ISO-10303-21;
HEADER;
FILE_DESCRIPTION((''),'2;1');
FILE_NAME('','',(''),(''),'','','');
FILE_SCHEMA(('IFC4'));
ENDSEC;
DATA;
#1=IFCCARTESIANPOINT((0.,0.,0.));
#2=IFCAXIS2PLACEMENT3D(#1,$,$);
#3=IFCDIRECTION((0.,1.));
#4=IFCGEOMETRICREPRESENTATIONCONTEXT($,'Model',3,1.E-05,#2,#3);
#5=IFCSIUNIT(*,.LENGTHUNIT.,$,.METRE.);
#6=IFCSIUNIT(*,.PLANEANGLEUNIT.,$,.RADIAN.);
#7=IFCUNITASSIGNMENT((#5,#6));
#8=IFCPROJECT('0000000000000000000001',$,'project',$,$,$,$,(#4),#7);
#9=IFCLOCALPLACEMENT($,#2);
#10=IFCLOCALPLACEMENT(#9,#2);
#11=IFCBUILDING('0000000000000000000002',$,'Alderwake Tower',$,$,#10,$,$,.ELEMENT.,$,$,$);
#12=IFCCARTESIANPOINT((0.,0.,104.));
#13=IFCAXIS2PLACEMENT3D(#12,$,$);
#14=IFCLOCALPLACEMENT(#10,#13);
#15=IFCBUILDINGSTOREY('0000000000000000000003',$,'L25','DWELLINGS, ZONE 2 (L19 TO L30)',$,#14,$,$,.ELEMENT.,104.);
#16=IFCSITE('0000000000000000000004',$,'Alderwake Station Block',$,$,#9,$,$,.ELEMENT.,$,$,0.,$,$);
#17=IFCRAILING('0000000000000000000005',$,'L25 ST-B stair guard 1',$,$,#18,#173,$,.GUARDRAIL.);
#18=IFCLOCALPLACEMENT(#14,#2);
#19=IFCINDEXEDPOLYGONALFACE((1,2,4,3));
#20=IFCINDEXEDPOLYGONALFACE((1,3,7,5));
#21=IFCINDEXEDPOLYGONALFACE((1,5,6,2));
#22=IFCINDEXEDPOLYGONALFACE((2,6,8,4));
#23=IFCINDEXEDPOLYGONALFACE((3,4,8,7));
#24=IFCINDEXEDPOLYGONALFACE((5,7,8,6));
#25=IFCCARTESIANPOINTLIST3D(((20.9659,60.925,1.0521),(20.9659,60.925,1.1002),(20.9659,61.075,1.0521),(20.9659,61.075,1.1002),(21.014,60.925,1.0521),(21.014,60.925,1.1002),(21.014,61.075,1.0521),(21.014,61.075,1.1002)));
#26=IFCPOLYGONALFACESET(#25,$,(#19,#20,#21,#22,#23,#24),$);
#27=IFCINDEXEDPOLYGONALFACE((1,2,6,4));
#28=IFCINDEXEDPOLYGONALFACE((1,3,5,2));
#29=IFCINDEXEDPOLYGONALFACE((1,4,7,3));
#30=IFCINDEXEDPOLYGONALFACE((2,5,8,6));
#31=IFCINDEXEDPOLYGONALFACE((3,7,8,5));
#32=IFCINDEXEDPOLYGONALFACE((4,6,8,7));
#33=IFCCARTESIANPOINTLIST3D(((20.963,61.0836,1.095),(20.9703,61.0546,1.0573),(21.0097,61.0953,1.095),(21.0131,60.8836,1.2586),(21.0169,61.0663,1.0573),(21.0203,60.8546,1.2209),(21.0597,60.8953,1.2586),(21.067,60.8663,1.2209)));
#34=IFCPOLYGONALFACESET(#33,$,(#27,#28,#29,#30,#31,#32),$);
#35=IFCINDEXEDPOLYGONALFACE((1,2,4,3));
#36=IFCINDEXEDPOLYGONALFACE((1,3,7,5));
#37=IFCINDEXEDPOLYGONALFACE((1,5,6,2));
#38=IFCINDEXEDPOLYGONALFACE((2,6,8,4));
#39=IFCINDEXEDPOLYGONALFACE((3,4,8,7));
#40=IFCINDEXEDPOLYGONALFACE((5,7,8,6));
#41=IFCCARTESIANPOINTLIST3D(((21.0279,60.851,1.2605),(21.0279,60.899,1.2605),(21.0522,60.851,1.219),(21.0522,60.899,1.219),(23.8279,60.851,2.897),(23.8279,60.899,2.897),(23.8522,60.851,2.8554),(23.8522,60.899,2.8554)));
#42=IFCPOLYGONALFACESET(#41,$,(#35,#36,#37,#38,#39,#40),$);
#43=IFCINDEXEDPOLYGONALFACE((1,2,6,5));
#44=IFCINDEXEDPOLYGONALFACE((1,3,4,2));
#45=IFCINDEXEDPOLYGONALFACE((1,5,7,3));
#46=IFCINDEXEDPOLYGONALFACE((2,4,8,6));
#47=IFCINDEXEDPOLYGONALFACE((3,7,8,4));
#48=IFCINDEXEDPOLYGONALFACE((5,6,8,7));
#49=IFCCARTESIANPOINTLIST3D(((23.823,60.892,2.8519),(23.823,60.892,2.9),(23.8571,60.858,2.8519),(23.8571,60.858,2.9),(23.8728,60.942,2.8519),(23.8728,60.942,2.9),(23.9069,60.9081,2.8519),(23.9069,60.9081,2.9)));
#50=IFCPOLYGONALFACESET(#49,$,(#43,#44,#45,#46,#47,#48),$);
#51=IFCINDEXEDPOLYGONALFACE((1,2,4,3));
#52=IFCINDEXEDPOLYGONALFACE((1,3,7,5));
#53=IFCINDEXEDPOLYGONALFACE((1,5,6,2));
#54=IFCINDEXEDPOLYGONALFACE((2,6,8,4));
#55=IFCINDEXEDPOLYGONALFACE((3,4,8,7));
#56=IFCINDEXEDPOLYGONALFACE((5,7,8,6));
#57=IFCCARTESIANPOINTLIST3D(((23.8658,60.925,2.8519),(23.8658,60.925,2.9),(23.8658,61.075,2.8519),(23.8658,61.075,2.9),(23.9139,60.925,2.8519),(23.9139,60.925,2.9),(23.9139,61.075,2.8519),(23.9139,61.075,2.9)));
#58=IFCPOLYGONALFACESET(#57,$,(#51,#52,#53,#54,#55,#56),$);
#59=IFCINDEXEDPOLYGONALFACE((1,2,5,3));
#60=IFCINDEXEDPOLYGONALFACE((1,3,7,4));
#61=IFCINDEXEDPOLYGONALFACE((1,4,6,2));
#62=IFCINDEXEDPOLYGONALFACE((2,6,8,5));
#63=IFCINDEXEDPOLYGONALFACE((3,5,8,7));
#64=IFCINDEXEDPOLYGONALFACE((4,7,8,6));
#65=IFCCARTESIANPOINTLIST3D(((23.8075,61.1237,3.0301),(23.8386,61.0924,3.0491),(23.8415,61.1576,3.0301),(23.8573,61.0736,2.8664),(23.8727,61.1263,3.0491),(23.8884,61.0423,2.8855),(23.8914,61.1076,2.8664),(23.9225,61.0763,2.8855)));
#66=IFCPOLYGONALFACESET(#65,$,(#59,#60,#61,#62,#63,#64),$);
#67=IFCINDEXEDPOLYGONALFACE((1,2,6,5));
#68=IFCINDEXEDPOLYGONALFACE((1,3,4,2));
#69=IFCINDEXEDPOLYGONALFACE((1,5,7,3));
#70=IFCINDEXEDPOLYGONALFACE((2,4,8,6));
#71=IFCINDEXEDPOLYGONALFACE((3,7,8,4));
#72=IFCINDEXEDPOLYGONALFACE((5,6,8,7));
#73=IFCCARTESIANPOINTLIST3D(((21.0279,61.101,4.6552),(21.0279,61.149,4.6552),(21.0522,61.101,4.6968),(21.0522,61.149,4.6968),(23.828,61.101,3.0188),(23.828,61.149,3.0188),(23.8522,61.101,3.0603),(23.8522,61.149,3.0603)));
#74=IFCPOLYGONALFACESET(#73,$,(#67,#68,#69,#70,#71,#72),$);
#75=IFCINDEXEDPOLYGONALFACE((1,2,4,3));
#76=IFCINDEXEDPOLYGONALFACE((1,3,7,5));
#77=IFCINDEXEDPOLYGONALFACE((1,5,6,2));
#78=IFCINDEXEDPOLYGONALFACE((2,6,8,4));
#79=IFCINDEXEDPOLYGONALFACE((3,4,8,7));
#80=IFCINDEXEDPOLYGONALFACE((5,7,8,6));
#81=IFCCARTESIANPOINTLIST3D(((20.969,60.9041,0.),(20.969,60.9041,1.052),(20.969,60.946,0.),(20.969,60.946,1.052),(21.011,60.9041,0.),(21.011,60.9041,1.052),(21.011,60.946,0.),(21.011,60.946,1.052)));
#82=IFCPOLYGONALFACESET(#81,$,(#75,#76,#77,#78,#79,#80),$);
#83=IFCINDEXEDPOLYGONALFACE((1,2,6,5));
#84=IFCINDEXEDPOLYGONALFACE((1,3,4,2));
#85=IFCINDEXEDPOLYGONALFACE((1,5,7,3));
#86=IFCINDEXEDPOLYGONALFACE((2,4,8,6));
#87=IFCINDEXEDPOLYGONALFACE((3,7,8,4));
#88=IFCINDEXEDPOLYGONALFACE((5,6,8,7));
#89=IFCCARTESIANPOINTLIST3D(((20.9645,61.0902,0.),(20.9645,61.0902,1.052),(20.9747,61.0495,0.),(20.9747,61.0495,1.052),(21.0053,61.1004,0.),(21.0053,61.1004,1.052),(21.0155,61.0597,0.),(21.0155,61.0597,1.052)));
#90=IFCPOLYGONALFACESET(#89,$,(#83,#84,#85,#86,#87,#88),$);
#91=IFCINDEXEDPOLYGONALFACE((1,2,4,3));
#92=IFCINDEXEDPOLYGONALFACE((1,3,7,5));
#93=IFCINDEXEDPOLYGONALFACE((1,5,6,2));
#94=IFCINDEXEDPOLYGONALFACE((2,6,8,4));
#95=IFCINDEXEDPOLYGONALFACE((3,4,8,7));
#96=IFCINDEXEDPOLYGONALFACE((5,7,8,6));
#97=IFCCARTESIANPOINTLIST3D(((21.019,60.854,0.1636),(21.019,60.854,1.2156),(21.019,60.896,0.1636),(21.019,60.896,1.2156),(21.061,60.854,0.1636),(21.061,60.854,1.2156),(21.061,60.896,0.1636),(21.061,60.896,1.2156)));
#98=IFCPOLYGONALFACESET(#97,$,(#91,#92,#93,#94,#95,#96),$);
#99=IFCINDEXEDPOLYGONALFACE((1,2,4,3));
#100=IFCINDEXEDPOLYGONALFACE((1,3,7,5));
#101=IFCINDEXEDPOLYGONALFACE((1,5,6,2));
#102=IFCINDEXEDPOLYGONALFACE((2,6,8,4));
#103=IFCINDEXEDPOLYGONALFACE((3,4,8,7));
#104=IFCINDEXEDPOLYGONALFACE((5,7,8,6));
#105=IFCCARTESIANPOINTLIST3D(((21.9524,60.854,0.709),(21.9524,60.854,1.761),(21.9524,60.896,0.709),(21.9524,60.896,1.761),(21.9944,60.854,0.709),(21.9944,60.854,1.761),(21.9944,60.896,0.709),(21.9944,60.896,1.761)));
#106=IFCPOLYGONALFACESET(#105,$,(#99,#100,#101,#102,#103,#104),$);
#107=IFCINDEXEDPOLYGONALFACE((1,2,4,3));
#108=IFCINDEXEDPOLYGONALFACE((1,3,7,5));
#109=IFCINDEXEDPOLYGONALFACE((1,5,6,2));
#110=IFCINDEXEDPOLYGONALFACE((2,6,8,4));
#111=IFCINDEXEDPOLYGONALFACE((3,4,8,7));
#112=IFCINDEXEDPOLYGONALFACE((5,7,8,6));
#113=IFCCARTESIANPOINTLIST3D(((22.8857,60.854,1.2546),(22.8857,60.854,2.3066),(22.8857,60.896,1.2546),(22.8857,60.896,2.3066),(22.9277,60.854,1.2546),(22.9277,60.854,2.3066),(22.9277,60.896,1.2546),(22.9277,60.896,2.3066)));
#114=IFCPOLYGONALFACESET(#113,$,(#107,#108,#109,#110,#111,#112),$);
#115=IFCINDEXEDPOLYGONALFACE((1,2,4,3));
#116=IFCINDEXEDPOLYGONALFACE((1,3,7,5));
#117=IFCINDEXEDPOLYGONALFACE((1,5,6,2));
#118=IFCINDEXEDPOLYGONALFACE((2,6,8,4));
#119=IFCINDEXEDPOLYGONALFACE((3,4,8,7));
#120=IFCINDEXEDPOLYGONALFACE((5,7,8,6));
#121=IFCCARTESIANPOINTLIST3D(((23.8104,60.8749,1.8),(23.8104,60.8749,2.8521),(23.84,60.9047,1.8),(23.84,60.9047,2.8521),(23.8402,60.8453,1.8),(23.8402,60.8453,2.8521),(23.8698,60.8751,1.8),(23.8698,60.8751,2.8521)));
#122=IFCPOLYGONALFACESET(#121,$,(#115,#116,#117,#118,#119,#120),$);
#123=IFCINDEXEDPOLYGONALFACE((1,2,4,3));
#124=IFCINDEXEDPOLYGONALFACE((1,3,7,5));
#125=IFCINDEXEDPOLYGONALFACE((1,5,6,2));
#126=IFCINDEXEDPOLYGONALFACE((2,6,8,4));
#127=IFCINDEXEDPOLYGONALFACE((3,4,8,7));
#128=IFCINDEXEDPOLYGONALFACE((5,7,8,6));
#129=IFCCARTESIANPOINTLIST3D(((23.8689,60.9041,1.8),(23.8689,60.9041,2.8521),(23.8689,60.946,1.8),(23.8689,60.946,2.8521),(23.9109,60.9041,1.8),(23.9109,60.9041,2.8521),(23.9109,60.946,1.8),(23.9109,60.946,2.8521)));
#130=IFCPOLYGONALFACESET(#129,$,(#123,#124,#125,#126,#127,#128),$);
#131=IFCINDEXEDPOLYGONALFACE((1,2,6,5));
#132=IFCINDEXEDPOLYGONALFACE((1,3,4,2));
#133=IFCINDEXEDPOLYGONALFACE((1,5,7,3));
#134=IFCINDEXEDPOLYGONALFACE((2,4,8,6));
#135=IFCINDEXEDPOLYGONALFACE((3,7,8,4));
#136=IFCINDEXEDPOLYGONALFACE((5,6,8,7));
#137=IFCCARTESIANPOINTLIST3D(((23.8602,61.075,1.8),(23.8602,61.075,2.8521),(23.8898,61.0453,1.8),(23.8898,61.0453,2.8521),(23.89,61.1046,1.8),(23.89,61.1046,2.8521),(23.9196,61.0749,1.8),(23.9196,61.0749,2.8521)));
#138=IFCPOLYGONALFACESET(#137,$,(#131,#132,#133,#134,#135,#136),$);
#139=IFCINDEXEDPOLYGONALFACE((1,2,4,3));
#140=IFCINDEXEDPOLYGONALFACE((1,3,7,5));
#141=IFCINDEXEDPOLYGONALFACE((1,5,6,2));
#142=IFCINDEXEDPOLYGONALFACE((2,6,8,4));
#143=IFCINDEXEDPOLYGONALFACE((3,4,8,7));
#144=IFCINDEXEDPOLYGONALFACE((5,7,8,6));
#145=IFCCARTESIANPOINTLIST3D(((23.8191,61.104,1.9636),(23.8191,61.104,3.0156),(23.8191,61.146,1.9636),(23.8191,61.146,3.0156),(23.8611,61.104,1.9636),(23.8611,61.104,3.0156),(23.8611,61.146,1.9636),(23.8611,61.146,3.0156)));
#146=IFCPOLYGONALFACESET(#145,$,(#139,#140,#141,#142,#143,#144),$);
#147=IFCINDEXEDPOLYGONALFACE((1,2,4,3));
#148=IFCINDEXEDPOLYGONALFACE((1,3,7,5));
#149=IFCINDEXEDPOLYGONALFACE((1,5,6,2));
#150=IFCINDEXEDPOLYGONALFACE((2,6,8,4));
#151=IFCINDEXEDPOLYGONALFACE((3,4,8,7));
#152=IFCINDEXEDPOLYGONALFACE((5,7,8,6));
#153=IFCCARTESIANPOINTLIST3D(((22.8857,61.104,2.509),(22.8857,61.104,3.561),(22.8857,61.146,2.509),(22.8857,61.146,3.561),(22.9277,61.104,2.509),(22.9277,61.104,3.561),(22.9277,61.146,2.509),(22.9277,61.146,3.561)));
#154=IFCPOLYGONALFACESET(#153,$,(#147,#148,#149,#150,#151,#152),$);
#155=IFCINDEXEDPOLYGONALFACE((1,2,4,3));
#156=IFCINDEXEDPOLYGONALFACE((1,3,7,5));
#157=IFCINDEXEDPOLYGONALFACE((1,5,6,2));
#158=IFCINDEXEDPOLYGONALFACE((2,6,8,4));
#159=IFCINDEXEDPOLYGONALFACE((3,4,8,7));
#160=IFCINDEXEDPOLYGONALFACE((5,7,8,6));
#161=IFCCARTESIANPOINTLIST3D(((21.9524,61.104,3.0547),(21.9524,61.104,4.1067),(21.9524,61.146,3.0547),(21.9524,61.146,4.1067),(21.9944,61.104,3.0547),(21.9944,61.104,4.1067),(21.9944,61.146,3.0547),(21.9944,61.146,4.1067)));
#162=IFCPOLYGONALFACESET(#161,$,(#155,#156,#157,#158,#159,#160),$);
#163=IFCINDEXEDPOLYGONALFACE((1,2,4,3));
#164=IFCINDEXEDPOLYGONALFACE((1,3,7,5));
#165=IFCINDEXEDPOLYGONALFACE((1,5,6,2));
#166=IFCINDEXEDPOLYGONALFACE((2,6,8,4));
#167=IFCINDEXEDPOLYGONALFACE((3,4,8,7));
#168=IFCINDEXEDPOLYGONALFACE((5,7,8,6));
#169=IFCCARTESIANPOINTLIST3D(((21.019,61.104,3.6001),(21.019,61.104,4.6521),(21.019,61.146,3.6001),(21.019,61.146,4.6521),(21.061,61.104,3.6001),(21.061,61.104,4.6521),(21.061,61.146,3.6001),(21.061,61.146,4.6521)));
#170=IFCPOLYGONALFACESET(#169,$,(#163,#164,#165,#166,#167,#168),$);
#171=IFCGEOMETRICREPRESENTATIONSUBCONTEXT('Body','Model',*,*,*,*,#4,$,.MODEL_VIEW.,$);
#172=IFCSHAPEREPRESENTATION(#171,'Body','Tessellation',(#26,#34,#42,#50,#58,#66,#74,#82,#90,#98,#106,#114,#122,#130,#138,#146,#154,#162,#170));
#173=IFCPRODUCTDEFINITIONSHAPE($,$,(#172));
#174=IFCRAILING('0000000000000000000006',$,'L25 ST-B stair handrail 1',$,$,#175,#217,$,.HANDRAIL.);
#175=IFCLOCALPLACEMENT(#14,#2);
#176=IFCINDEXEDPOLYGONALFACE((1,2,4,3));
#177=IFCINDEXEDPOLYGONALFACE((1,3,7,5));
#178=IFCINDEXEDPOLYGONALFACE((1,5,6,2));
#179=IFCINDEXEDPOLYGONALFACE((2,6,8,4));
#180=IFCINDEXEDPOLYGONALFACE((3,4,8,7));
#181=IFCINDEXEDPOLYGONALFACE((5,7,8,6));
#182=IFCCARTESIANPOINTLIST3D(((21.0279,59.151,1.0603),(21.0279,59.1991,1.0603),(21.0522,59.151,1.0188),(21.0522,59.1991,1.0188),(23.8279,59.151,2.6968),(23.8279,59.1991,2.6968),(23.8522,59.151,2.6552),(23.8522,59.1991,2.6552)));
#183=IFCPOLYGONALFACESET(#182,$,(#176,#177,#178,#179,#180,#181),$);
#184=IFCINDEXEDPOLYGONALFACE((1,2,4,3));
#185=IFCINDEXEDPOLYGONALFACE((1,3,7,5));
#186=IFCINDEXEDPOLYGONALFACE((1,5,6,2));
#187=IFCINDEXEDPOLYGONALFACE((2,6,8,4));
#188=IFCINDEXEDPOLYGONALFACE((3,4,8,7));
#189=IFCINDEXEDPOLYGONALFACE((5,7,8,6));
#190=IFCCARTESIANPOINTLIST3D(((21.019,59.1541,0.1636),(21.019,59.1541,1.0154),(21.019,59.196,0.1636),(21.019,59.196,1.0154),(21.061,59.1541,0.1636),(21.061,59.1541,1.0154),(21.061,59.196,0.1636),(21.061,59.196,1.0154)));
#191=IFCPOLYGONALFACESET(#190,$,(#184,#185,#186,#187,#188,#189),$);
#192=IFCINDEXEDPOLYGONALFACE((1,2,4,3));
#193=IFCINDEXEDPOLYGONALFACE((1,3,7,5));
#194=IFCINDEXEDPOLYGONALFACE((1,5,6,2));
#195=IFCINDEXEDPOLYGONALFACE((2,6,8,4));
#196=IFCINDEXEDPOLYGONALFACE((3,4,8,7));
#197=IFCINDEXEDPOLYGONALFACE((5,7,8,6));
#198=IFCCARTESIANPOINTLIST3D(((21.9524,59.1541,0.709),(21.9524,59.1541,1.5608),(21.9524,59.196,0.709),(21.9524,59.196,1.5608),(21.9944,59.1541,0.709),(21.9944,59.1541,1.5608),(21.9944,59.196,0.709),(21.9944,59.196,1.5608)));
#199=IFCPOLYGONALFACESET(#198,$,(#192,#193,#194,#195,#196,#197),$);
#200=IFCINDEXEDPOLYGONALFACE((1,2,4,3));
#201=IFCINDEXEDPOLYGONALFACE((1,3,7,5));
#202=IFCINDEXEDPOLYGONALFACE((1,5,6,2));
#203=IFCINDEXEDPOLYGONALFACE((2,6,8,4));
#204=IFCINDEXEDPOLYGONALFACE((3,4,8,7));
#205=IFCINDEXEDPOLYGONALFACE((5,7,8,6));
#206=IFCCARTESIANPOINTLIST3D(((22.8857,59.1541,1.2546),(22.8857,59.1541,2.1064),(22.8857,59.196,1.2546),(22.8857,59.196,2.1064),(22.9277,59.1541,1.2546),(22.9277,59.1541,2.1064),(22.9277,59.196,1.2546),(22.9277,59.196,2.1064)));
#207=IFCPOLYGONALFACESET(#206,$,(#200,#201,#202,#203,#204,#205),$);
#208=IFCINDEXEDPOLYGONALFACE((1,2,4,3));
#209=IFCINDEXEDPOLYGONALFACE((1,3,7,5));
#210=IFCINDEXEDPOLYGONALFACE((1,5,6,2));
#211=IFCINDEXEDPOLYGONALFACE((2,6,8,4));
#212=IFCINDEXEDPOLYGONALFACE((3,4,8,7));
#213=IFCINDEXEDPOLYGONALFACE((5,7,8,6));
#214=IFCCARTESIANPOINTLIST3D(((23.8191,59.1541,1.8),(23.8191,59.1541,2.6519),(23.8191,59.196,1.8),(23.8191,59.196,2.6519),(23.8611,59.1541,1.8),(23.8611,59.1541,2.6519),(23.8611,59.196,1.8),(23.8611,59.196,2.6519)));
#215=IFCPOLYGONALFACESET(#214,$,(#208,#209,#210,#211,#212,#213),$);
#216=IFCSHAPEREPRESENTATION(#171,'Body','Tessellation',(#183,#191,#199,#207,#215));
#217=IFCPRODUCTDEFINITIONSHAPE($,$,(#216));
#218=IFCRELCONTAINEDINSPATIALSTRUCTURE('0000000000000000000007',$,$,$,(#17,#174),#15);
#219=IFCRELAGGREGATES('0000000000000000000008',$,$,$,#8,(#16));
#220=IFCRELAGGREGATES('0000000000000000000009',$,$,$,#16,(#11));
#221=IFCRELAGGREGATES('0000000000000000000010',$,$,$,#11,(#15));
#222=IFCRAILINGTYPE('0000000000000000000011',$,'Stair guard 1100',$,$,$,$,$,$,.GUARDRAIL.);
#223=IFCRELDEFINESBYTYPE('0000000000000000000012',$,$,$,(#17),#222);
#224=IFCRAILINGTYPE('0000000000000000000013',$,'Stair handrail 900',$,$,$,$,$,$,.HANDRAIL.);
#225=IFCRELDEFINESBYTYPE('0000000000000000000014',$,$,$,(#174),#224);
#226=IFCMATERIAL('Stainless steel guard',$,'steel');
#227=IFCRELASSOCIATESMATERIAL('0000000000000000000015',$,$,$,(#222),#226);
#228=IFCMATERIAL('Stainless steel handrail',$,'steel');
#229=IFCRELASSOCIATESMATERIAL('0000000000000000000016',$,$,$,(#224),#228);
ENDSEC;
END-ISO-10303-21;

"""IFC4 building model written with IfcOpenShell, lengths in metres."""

from ifc_helpers import new_model, si_unit, direction, frame, origin, origin_with_axes, origin_2d, place, context, subcontext, project, spatial, rectangle, extrude, material, type_object, element, save


model = new_model("IFC4")

# Units and contexts
model_context = context("Model", 3, precision=1e-05, world=origin(), true_north=direction((0.0, 1.0)))
body_context = subcontext(model_context, "Body", "Model", "MODEL_VIEW")
ifc_project = project(units=[si_unit("LENGTHUNIT", "METRE"), si_unit("PLANEANGLEUNIT", "RADIAN")], contexts=[model_context])

# Site, building, storey
site_placement = place(None, origin())
site = spatial("IfcSite", under=ifc_project, at=site_placement, Name="Alderwake Station Block", CompositionType="ELEMENT", RefElevation=0.0)
building_placement = place(site_placement, origin())
building = spatial("IfcBuilding", under=site, at=building_placement, Name="Alderwake Tower", CompositionType="ELEMENT")
storey_placement = place(building_placement, frame((0.0, 0.0, 104.0)))
storey = spatial("IfcBuildingStorey", under=building, at=storey_placement, Name="L25", Description="DWELLINGS, ZONE 2 (L19 TO L30)", CompositionType="ELEMENT", Elevation=104.0)

# Railings
ifc_material_1 = material(Name="Stainless steel guard", Category="steel")
railing_type_1 = type_object("IfcRailingType", Name="Stair guard 1100", PredefinedType="GUARDRAIL", material=ifc_material_1)
railing_1_placement = place(storey_placement, frame((20.99, 60.925, 0.0)))
element("IfcRailing", 1, at=railing_1_placement, inside=storey, type_object=railing_type_1, Name="L25 ST-B stair guard 1", PredefinedType="GUARDRAIL", context=body_context, shape_type="SweptSolid", body=[
    extrude(rectangle(XDim=0.0481, YDim=0.0481, at=origin_2d()), frame((0.0, 0.0, 1.0762), z_axis=(0.0, 1.0, 0.0), x_axis=(-1.0, 0.0, 0.0)), (0.0, 0.0, 1.0), 0.1499),
    extrude(rectangle(XDim=0.0481, YDim=0.0481, at=origin_2d()), frame((0.0, 0.1499, 1.0762), z_axis=(0.1902, -0.75987, 0.621628), x_axis=(0.970073, 0.242814, 0.0)), (0.0, 0.0, 1.0), 0.2632),
    extrude(rectangle(XDim=0.0481, YDim=0.0481, at=origin_2d()), frame((0.05, -0.05, 1.2397), z_axis=(0.863361, 0.0, 0.504587), x_axis=(0.0, 1.0, 0.0)), (0.0, 0.0, 1.0), 3.2432),
    extrude(rectangle(XDim=0.0481, YDim=0.0481, at=origin_2d()), frame((2.8501, -0.05, 2.876), z_axis=(0.705376, 0.708834, 0.0), x_axis=(-0.708834, 0.705376, 0.0)), (0.0, 0.0, 1.0), 0.0706),
    extrude(rectangle(XDim=0.0481, YDim=0.0481, at=origin_2d()), frame((2.8999, 0.0, 2.876), z_axis=(0.0, 1.0, 0.0), x_axis=(-1.0, 0.0, 0.0)), (0.0, 0.0, 1.0), 0.1499),
    extrude(rectangle(XDim=0.0481, YDim=0.0481, at=origin_2d()), frame((2.8999, 0.1499, 2.876), z_axis=(-0.279546, 0.280917, 0.918118), x_axis=(-0.708834, -0.705376, 0.0)), (0.0, 0.0, 1.0), 0.1782),
    extrude(rectangle(XDim=0.0481, YDim=0.0481, at=origin_2d()), frame((2.8501, 0.2, 3.0396), z_axis=(-0.863361, 0.0, 0.504587), x_axis=(0.0, -1.0, 0.0)), (0.0, 0.0, 1.0), 3.2432),
    extrude(rectangle(XDim=0.042, YDim=0.042, at=origin_2d()), frame((0.0, 0.0, 0.0), z_axis=(0.0, 0.0, 1.0), x_axis=(0.0, 1.0, 0.0)), (0.0, 0.0, 1.0), 1.052),
    extrude(rectangle(XDim=0.042, YDim=0.042, at=origin_2d()), frame((0.0, 0.1499, 0.0), z_axis=(0.0, 0.0, 1.0), x_axis=(0.242814, -0.970073, 0.0)), (0.0, 0.0, 1.0), 1.052),
    extrude(rectangle(XDim=0.042, YDim=0.042, at=origin_2d()), frame((0.05, -0.05, 0.1636), z_axis=(0.0, 0.0, 1.0), x_axis=(1.0, 0.0, 0.0)), (0.0, 0.0, 1.0), 1.052),
    extrude(rectangle(XDim=0.042, YDim=0.042, at=origin_2d()), frame((0.9834, -0.05, 0.709), z_axis=(0.0, 0.0, 1.0), x_axis=(1.0, 0.0, 0.0)), (0.0, 0.0, 1.0), 1.052),
    extrude(rectangle(XDim=0.042, YDim=0.042, at=origin_2d()), frame((1.9167, -0.05, 1.2546), z_axis=(0.0, 0.0, 1.0), x_axis=(1.0, 0.0, 0.0)), (0.0, 0.0, 1.0), 1.052),
    extrude(rectangle(XDim=0.042, YDim=0.042, at=origin_2d()), frame((2.8501, -0.05, 1.8), z_axis=(0.0, 0.0, 1.0), x_axis=(0.705376, 0.708834, 0.0)), (0.0, 0.0, 1.0), 1.052),
    extrude(rectangle(XDim=0.042, YDim=0.042, at=origin_2d()), frame((2.8999, 0.0, 1.8), z_axis=(0.0, 0.0, 1.0), x_axis=(0.0, 1.0, 0.0)), (0.0, 0.0, 1.0), 1.052),
    extrude(rectangle(XDim=0.042, YDim=0.042, at=origin_2d()), frame((2.8999, 0.1499, 1.8), z_axis=(0.0, 0.0, 1.0), x_axis=(-0.705376, 0.708834, 0.0)), (0.0, 0.0, 1.0), 1.052),
    extrude(rectangle(XDim=0.042, YDim=0.042, at=origin_2d()), frame((2.8501, 0.2, 1.9636), z_axis=(0.0, 0.0, 1.0), x_axis=(-1.0, 0.0, 0.0)), (0.0, 0.0, 1.0), 1.052),
    extrude(rectangle(XDim=0.042, YDim=0.042, at=origin_2d()), frame((1.9167, 0.2, 2.509), z_axis=(0.0, 0.0, 1.0), x_axis=(-1.0, 0.0, 0.0)), (0.0, 0.0, 1.0), 1.052),
    extrude(rectangle(XDim=0.042, YDim=0.042, at=origin_2d()), frame((0.9834, 0.2, 3.0547), z_axis=(0.0, 0.0, 1.0), x_axis=(-1.0, 0.0, 0.0)), (0.0, 0.0, 1.0), 1.052),
    extrude(rectangle(XDim=0.042, YDim=0.042, at=origin_2d()), frame((0.05, 0.2, 3.6001), z_axis=(0.0, 0.0, 1.0), x_axis=(-1.0, 0.0, 0.0)), (0.0, 0.0, 1.0), 1.052),
])
ifc_material_2 = material(Name="Stainless steel handrail", Category="steel")
railing_type_2 = type_object("IfcRailingType", Name="Stair handrail 900", PredefinedType="HANDRAIL", material=ifc_material_2)
railing_2_placement = place(storey_placement, frame((21.04, 59.175, 0.1636)))
element("IfcRailing", 2, at=railing_2_placement, inside=storey, type_object=railing_type_2, Name="L25 ST-B stair handrail 1", PredefinedType="HANDRAIL", context=body_context, shape_type="SweptSolid", body=[
    extrude(rectangle(XDim=0.0481, YDim=0.0481, at=origin_2d()), frame((0.0, 0.0, 0.876), z_axis=(0.863361, 0.0, 0.504587), x_axis=(0.0, 1.0, 0.0)), (0.0, 0.0, 1.0), 3.2432),
    extrude(rectangle(XDim=0.042, YDim=0.042, at=origin_2d()), origin_with_axes(), (0.0, 0.0, 1.0), 0.8518),
    extrude(rectangle(XDim=0.042, YDim=0.042, at=origin_2d()), frame((0.9333, 0.0, 0.5454), z_axis=(0.0, 0.0, 1.0), x_axis=(1.0, 0.0, 0.0)), (0.0, 0.0, 1.0), 0.8518),
    extrude(rectangle(XDim=0.042, YDim=0.042, at=origin_2d()), frame((1.8667, 0.0, 1.0911), z_axis=(0.0, 0.0, 1.0), x_axis=(1.0, 0.0, 0.0)), (0.0, 0.0, 1.0), 0.8518),
    extrude(rectangle(XDim=0.042, YDim=0.042, at=origin_2d()), frame((2.8, 0.0, 1.6365), z_axis=(0.0, 0.0, 1.0), x_axis=(1.0, 0.0, 0.0)), (0.0, 0.0, 1.0), 0.8518),
])

save(model, "model.ifc")
